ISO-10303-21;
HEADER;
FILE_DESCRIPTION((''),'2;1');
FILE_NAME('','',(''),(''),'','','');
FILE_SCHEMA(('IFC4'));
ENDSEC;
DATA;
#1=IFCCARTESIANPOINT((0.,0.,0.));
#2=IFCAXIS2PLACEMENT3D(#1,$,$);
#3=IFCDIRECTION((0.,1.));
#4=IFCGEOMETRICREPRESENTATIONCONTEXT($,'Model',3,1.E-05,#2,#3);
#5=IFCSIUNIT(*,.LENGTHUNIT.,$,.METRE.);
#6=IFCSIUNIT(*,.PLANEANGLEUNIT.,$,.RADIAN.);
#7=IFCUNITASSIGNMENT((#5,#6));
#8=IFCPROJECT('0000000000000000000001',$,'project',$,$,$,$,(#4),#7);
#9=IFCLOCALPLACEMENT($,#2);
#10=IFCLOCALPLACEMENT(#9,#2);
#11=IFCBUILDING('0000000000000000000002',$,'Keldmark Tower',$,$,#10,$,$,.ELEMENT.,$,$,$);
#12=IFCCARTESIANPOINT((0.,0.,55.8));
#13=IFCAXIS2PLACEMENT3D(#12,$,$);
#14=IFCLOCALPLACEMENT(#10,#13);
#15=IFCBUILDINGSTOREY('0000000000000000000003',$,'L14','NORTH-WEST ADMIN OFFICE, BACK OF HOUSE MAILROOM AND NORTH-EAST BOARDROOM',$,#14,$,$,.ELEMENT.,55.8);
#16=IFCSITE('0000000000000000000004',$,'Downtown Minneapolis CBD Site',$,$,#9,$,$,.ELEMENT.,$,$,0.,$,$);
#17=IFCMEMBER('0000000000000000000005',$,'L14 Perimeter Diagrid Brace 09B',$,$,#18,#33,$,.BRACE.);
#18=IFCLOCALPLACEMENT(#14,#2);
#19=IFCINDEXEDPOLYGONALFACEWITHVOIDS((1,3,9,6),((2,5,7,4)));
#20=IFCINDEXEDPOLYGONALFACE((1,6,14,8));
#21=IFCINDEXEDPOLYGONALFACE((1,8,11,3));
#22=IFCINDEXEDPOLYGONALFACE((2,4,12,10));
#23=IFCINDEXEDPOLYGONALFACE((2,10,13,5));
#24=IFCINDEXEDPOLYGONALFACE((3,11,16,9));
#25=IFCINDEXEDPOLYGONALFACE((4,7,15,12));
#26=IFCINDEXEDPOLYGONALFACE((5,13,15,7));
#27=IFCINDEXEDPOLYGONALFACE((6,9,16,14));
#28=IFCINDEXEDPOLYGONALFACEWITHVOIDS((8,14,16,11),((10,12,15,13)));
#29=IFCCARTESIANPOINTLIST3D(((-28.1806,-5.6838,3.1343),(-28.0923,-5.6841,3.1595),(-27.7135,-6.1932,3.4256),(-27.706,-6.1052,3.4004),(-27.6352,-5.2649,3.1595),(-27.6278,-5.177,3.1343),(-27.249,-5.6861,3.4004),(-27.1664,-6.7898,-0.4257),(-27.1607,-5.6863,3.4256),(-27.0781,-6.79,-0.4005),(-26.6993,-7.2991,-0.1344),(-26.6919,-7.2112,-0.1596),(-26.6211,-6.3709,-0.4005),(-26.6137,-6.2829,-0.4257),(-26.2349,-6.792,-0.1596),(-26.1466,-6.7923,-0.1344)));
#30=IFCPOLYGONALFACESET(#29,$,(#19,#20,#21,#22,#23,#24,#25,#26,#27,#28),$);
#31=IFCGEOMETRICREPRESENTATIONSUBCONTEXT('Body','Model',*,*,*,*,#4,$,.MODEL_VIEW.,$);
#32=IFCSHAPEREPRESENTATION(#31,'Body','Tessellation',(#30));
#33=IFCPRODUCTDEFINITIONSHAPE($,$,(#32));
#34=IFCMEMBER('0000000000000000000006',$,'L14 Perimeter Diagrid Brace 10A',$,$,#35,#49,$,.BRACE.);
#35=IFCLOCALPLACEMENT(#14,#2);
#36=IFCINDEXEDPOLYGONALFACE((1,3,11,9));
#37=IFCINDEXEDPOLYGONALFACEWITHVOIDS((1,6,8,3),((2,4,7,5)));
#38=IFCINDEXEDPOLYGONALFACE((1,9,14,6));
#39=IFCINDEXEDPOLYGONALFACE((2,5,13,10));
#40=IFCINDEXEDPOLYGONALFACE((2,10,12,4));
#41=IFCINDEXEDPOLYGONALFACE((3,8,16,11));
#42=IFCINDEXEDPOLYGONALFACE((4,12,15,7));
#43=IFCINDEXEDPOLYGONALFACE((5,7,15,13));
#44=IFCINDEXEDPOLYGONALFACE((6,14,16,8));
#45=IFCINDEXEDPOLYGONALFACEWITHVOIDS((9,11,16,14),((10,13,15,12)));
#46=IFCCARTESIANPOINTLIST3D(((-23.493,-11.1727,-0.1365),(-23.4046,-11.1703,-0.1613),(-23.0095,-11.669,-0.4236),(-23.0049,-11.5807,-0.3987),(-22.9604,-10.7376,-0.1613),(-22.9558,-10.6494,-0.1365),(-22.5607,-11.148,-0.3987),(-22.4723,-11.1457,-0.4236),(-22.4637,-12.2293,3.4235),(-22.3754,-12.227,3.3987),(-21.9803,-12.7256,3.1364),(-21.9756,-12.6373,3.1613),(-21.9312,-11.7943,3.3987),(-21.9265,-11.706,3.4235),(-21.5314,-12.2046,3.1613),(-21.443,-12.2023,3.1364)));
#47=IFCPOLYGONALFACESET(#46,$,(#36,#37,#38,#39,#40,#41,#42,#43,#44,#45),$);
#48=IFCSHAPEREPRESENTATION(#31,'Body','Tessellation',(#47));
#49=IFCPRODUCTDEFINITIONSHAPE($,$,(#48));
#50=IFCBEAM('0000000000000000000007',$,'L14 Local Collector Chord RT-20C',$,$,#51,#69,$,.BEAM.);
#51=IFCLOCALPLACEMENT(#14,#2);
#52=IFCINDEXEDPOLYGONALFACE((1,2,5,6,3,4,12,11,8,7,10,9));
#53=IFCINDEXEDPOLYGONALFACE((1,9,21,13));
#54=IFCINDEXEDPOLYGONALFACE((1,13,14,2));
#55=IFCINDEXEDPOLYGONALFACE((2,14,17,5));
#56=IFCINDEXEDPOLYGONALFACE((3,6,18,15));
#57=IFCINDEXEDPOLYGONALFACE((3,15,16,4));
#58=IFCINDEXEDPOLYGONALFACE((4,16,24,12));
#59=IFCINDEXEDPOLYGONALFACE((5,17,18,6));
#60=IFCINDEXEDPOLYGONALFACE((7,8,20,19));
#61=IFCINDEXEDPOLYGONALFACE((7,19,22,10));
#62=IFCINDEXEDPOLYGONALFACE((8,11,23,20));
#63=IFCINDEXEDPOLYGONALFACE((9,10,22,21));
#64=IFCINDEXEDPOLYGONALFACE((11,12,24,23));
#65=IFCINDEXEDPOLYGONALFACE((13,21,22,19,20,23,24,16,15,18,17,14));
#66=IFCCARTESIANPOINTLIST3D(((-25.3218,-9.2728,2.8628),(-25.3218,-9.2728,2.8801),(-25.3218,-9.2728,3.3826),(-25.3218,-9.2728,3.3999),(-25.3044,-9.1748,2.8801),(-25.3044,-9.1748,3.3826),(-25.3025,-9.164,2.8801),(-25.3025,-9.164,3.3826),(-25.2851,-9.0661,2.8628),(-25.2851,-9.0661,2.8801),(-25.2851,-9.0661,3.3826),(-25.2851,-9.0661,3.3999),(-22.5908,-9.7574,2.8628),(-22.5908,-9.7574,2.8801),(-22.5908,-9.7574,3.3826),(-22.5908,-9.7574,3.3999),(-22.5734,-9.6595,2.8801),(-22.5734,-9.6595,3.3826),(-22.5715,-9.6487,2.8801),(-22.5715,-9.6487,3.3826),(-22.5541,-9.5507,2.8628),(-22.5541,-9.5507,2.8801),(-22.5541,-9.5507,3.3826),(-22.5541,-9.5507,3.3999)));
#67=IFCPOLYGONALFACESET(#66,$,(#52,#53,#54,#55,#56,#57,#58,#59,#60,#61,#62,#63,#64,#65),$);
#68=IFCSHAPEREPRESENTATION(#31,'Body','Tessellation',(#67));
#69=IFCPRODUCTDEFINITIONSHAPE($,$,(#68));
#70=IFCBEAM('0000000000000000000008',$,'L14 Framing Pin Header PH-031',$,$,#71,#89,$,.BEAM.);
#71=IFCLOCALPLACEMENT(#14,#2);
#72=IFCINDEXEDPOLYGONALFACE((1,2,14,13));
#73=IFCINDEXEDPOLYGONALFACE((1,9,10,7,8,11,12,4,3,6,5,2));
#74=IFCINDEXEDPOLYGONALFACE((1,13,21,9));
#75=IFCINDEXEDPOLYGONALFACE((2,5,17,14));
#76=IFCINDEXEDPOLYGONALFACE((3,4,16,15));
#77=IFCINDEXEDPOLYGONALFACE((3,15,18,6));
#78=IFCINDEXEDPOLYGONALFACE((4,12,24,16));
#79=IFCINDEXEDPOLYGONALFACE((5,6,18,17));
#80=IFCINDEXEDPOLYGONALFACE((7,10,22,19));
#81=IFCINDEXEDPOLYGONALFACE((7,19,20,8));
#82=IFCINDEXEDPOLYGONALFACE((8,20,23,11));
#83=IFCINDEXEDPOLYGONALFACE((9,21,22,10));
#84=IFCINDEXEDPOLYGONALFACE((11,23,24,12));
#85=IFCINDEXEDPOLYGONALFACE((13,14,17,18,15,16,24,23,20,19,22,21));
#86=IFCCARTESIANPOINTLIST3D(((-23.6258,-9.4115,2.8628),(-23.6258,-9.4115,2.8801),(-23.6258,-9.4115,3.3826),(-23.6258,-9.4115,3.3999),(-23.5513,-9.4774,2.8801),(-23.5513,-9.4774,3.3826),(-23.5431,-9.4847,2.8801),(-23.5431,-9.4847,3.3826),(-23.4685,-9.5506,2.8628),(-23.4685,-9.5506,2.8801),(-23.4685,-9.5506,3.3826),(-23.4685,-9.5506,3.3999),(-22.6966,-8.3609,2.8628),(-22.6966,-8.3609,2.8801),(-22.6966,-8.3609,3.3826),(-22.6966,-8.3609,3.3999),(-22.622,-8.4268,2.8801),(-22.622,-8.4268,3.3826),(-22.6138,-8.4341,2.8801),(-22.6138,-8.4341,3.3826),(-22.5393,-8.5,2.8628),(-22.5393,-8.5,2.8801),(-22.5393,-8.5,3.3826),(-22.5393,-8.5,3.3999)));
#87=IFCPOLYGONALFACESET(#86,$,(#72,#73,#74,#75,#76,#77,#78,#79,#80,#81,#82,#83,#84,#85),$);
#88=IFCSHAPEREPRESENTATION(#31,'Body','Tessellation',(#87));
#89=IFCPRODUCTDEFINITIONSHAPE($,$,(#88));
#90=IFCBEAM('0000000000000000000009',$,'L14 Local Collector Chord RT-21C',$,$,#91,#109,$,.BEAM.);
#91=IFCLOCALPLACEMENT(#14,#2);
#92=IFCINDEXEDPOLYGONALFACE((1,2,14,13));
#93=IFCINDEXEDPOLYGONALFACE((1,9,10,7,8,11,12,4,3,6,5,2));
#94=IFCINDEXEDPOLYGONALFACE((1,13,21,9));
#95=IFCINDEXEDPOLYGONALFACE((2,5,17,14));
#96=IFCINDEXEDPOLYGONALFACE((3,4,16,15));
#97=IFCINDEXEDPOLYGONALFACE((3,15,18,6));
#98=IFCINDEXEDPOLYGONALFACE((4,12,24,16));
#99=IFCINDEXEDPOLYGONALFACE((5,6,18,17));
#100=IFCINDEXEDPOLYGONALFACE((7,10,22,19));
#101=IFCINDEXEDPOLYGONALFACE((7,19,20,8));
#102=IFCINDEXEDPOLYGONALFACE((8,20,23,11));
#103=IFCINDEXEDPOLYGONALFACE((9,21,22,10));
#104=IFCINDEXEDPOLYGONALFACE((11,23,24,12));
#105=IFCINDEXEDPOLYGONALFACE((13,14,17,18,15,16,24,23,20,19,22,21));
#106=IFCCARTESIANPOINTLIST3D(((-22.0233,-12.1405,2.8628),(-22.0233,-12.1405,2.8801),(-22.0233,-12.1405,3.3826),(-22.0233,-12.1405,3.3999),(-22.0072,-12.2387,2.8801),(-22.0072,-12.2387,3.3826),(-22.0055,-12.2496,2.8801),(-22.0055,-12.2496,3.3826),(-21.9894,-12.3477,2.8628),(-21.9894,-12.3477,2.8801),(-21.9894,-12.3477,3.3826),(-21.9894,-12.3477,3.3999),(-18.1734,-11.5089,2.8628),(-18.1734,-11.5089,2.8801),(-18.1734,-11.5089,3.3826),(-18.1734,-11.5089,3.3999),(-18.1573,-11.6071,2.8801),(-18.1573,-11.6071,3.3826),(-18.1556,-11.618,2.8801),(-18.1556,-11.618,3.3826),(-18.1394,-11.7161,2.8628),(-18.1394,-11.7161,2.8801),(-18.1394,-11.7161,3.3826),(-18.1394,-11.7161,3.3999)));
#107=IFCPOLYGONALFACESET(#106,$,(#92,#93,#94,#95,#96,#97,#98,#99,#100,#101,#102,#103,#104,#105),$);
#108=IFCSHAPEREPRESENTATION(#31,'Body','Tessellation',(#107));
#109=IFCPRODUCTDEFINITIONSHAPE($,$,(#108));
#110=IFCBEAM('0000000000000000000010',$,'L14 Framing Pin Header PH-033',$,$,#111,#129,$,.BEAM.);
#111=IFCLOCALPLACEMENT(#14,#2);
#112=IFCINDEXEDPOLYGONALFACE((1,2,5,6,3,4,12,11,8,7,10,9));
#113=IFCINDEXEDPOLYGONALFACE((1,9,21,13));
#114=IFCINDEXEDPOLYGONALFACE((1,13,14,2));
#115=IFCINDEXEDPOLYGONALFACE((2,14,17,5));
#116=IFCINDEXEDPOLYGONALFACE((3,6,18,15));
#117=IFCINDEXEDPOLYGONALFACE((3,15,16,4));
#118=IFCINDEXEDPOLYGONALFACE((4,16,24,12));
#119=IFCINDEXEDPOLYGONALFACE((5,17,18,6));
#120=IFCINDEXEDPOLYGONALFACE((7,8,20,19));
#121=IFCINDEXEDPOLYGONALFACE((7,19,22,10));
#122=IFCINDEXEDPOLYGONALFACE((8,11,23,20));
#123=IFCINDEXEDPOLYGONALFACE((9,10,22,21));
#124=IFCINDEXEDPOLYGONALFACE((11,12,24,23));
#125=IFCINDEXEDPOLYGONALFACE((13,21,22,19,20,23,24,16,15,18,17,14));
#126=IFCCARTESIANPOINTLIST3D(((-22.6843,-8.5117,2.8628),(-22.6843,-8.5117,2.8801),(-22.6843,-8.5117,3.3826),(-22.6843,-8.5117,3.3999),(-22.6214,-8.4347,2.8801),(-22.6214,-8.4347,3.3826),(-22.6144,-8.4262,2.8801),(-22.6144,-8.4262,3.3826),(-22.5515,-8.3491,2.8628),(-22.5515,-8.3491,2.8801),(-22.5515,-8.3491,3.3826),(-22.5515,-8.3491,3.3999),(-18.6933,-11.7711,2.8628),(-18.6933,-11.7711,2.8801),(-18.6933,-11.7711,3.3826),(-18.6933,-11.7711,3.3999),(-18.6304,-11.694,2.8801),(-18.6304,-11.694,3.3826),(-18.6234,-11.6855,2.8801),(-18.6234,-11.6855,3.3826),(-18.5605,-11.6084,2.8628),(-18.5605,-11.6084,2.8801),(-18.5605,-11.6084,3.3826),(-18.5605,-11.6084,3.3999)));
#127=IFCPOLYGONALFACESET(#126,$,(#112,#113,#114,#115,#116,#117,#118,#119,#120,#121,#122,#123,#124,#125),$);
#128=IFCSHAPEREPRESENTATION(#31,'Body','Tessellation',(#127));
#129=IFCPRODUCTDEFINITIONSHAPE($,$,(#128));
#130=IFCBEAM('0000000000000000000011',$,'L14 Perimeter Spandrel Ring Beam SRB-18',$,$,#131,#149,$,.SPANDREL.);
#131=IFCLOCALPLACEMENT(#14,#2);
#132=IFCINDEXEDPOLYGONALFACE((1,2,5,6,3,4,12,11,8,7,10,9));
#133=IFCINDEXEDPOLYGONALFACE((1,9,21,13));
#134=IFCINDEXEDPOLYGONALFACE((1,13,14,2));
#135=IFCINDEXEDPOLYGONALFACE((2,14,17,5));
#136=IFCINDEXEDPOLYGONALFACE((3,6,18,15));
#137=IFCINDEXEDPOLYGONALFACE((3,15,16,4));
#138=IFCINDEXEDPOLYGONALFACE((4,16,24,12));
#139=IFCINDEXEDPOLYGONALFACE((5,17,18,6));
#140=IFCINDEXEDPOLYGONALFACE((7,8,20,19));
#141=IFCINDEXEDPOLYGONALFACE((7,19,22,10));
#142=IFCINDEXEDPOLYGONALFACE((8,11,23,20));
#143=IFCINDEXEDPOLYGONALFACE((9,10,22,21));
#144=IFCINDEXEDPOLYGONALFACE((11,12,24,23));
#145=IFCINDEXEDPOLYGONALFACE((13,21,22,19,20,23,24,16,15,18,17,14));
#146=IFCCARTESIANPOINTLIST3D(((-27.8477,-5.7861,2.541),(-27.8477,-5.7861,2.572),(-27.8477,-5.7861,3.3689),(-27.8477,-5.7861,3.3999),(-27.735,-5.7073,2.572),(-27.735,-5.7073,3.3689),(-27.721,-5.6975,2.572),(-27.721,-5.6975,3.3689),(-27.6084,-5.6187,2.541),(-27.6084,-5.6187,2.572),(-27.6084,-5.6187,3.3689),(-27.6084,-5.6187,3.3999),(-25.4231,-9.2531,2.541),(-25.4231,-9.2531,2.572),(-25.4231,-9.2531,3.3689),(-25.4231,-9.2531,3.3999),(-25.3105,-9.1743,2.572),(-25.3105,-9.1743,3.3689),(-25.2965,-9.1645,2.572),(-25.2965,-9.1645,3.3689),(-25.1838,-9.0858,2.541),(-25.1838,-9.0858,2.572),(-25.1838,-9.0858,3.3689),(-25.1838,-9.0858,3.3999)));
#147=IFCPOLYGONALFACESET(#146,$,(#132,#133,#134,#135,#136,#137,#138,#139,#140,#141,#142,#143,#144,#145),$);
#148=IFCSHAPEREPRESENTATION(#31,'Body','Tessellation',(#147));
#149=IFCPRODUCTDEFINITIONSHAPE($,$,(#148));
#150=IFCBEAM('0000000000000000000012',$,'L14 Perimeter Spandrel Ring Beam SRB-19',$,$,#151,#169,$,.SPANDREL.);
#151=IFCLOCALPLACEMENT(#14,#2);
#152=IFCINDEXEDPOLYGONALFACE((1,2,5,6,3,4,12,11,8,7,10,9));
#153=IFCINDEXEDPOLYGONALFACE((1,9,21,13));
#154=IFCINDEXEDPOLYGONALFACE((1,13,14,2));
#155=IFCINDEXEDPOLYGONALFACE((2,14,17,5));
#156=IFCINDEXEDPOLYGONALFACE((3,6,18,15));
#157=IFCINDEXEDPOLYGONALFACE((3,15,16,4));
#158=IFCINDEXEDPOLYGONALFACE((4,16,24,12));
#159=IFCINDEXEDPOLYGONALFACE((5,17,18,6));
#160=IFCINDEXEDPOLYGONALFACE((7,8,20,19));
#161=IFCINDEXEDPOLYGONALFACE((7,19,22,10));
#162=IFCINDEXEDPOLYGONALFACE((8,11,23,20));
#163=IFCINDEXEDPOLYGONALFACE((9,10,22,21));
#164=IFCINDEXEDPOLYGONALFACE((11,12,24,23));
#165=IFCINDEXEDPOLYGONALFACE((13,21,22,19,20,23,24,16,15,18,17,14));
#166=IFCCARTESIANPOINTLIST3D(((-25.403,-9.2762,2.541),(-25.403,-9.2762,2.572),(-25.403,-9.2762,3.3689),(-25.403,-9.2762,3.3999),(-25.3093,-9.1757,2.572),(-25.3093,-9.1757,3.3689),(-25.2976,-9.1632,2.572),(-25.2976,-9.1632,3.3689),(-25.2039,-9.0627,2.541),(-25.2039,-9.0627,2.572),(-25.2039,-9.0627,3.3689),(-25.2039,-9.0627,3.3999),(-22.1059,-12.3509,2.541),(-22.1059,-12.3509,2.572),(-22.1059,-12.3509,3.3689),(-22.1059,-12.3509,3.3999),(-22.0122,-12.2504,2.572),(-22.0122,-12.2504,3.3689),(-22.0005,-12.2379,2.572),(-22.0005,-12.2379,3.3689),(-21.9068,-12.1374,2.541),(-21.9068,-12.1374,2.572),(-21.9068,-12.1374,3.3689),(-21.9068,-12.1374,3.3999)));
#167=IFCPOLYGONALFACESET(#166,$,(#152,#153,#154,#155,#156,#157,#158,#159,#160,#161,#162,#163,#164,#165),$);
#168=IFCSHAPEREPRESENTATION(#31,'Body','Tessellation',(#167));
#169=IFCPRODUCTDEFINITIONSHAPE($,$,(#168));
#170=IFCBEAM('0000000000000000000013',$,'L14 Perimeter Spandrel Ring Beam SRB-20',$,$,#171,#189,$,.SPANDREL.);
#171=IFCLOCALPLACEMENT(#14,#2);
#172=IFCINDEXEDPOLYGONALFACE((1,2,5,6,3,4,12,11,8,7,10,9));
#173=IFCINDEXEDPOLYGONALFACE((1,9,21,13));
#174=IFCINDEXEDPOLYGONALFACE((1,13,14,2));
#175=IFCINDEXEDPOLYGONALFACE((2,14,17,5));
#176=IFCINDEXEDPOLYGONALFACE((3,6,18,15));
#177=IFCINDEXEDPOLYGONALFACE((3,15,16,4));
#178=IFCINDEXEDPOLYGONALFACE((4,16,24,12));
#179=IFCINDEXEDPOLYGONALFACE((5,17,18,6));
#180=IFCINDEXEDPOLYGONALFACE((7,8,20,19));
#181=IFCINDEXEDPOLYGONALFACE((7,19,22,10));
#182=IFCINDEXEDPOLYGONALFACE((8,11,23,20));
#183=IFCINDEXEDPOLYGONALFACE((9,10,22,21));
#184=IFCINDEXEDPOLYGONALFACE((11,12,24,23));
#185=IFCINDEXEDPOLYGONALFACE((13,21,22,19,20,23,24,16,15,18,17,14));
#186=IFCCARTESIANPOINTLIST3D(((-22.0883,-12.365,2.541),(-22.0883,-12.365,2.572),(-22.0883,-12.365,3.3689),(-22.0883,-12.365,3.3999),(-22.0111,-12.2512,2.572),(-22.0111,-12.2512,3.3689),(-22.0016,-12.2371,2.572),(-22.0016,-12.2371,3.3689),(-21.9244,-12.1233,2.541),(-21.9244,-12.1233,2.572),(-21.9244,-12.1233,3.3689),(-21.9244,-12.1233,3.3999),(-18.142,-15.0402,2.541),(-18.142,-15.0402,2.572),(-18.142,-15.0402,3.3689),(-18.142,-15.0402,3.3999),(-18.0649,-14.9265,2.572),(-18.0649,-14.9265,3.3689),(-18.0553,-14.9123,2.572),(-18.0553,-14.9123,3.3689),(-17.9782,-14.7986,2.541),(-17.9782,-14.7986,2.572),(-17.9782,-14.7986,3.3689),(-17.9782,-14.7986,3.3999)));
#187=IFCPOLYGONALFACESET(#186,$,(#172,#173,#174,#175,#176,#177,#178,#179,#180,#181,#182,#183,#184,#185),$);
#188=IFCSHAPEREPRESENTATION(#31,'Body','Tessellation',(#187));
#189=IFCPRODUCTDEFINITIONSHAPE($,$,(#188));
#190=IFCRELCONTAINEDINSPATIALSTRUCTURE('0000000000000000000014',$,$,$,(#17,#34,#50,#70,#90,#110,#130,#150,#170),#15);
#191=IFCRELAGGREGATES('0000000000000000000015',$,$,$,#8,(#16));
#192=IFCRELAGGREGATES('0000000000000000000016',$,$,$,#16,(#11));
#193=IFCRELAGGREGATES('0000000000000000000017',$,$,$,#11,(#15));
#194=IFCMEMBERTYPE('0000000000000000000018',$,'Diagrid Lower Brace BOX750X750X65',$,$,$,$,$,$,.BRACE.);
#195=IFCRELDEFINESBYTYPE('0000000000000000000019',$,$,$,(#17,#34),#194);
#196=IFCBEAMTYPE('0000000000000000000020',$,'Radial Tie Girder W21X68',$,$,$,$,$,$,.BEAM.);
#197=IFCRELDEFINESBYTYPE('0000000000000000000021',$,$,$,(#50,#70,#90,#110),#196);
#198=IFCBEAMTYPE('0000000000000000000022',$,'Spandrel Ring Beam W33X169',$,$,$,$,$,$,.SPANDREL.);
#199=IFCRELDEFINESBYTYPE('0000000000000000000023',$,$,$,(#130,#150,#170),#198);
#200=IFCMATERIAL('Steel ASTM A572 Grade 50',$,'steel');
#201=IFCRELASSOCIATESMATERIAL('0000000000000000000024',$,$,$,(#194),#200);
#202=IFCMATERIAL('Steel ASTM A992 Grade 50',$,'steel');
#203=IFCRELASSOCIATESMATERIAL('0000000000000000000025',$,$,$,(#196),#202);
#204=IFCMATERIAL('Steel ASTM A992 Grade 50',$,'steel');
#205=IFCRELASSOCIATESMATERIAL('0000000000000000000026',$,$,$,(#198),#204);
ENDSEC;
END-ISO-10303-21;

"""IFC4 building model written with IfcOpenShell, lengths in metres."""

from ifc_helpers import new_model, si_unit, direction, frame, origin, origin_2d, place, context, subcontext, project, spatial, hollow_rectangle, i_section, extrude, material, material_profile, profile_set, type_object, element, save


model = new_model("IFC4")

# Units and contexts
model_context = context("Model", 3, precision=1e-05, world=origin(), true_north=direction((0.0, 1.0)))
body_context = subcontext(model_context, "Body", "Model", "MODEL_VIEW")
ifc_project = project(units=[si_unit("LENGTHUNIT", "METRE"), si_unit("PLANEANGLEUNIT", "RADIAN")], contexts=[model_context])

# Site, building, storey
site_placement = place(None, origin())
site = spatial("IfcSite", under=ifc_project, at=site_placement, Name="Downtown Minneapolis CBD Site", CompositionType="ELEMENT", RefElevation=0.0)
building_placement = place(site_placement, origin())
building = spatial("IfcBuilding", under=site, at=building_placement, Name="Keldmark Tower", CompositionType="ELEMENT")
storey_placement = place(building_placement, frame((0.0, 0.0, 55.8)))
storey = spatial("IfcBuildingStorey", under=building, at=storey_placement, Name="L14", Description="NORTH-WEST ADMIN OFFICE, BACK OF HOUSE MAILROOM AND NORTH-EAST BOARDROOM", CompositionType="ELEMENT", Elevation=55.8)

# Members
ifc_material_1 = material(Name="Steel ASTM A572 Grade 50", Category="steel")
ifc_material_profile_1 = material_profile(ifc_material_1, hollow_rectangle(XDim=0.75, YDim=0.75, WallThickness=0.0649, at=origin_2d()), Name="BOX750X750X65")
ifc_profile_set_1 = profile_set([ifc_material_profile_1], Name="Steel ASTM A572 Grade 50")
member_type = type_object("IfcMemberType", Name="Diagrid Lower Brace BOX750X750X65", PredefinedType="BRACE", material=ifc_profile_set_1)
member_1_placement = place(storey_placement, frame((-26.6565, -6.791, -0.28), z_axis=(-0.262506, 0.286267, 0.921489), x_axis=(-0.737033, -0.675857, 0.0)))
element("IfcMember", 1, at=member_1_placement, inside=storey, type_object=member_type, Name="L14 Perimeter Diagrid Brace 09B", PredefinedType="BRACE", context=body_context, shape_type="SweptSolid", body=[
    extrude(hollow_rectangle(XDim=0.75, YDim=0.75, WallThickness=0.0649, at=origin_2d()), origin(), (0.0, 0.0, 1.0), 3.8633),
])
member_2_placement = place(storey_placement, frame((-22.9827, -11.1592, -0.28), z_axis=(0.267103, -0.274198, 0.923835), x_axis=(0.716314, 0.697778, 0.0)))
element("IfcMember", 2, at=member_2_placement, inside=storey, type_object=member_type, Name="L14 Perimeter Diagrid Brace 10A", PredefinedType="BRACE", context=body_context, shape_type="SweptSolid", body=[
    extrude(hollow_rectangle(XDim=0.75, YDim=0.75, WallThickness=0.0649, at=origin_2d()), origin(), (0.0, 0.0, 1.0), 3.8535),
])

# Beams
ifc_material_2 = material(Name="Steel ASTM A992 Grade 50", Category="steel")
ifc_material_profile_2 = material_profile(ifc_material_2, i_section(OverallWidth=0.21, OverallDepth=0.5371, WebThickness=0.011, FlangeThickness=0.0173, at=origin_2d()), Name="W21X68")
ifc_profile_set_2 = profile_set([ifc_material_profile_2], Name="Steel ASTM A992 Grade 50")
beam_type_1 = type_object("IfcBeamType", Name="Radial Tie Girder W21X68", PredefinedType="BEAM", material=ifc_profile_set_2)
beam_1_placement = place(storey_placement, frame((-25.3035, -9.1694, 3.1313), z_axis=(0.984617, -0.174724, 0.0), x_axis=(0.174724, 0.984617, 0.0)))
element("IfcBeam", 3, at=beam_1_placement, inside=storey, type_object=beam_type_1, Name="L14 Local Collector Chord RT-20C", PredefinedType="BEAM", context=body_context, shape_type="SweptSolid", body=[
    extrude(i_section(OverallWidth=0.21, OverallDepth=0.5371, WebThickness=0.011, FlangeThickness=0.0173, at=origin_2d()), origin(), (0.0, 0.0, 1.0), 2.7737),
])
beam_2_placement = place(storey_placement, frame((-22.6179, -8.4304, 3.1313), z_axis=(-0.662525, -0.74904, 0.0), x_axis=(0.74904, -0.662525, 0.0)))
element("IfcBeam", 4, at=beam_2_placement, inside=storey, type_object=beam_type_1, Name="L14 Framing Pin Header PH-031", PredefinedType="BEAM", context=body_context, shape_type="SweptSolid", body=[
    extrude(i_section(OverallWidth=0.21, OverallDepth=0.5371, WebThickness=0.011, FlangeThickness=0.0173, at=origin_2d()), origin(), (0.0, 0.0, 1.0), 1.4026),
])
beam_3_placement = place(storey_placement, frame((-22.0063, -12.2441, 3.1313), z_axis=(0.986808, 0.161892, 0.0), x_axis=(-0.161892, 0.986808, 0.0)))
element("IfcBeam", 5, at=beam_3_placement, inside=storey, type_object=beam_type_1, Name="L14 Local Collector Chord RT-21C", PredefinedType="BEAM", context=body_context, shape_type="SweptSolid", body=[
    extrude(i_section(OverallWidth=0.21, OverallDepth=0.5371, WebThickness=0.011, FlangeThickness=0.0173, at=origin_2d()), origin(), (0.0, 0.0, 1.0), 3.9014),
])
beam_4_placement = place(storey_placement, frame((-22.6179, -8.4304, 3.1313), z_axis=(0.774533, -0.632533, 0.0), x_axis=(0.632533, 0.774533, 0.0)))
element("IfcBeam", 6, at=beam_4_placement, inside=storey, type_object=beam_type_1, Name="L14 Framing Pin Header PH-033", PredefinedType="BEAM", context=body_context, shape_type="SweptSolid", body=[
    extrude(i_section(OverallWidth=0.21, OverallDepth=0.5371, WebThickness=0.011, FlangeThickness=0.0173, at=origin_2d()), origin(), (0.0, 0.0, 1.0), 5.1528),
])
ifc_material_3 = material(Name="Steel ASTM A992 Grade 50", Category="steel")
ifc_material_profile_3 = material_profile(ifc_material_3, i_section(OverallWidth=0.292, OverallDepth=0.8589, WebThickness=0.0171, FlangeThickness=0.031, at=origin_2d()), Name="W33X169")
ifc_profile_set_3 = profile_set([ifc_material_profile_3], Name="Steel ASTM A992 Grade 50")
beam_type_2 = type_object("IfcBeamType", Name="Spandrel Ring Beam W33X169", PredefinedType="SPANDREL", material=ifc_profile_set_3)
beam_5_placement = place(storey_placement, frame((-27.728, -5.7024, 2.9705), z_axis=(0.573087, -0.819495, 0.0), x_axis=(0.819495, 0.573087, 0.0)))
element("IfcBeam", 7, at=beam_5_placement, inside=storey, type_object=beam_type_2, Name="L14 Perimeter Spandrel Ring Beam SRB-18", PredefinedType="SPANDREL", context=body_context, shape_type="SweptSolid", body=[
    extrude(i_section(OverallWidth=0.292, OverallDepth=0.8589, WebThickness=0.0171, FlangeThickness=0.031, at=origin_2d()), origin(), (0.0, 0.0, 1.0), 4.2307),
])
beam_6_placement = place(storey_placement, frame((-25.3035, -9.1694, 2.9705), z_axis=(0.731343, -0.682009, 0.0), x_axis=(0.682009, 0.731343, 0.0)))
element("IfcBeam", 8, at=beam_6_placement, inside=storey, type_object=beam_type_2, Name="L14 Perimeter Spandrel Ring Beam SRB-19", PredefinedType="SPANDREL", context=body_context, shape_type="SweptSolid", body=[
    extrude(i_section(OverallWidth=0.292, OverallDepth=0.8589, WebThickness=0.0171, FlangeThickness=0.031, at=origin_2d()), origin(), (0.0, 0.0, 1.0), 4.5083),
])
beam_7_placement = place(storey_placement, frame((-22.0063, -12.2441, 2.9705), z_axis=(0.827724, -0.561136, 0.0), x_axis=(0.561136, 0.827724, 0.0)))
element("IfcBeam", 9, at=beam_7_placement, inside=storey, type_object=beam_type_2, Name="L14 Perimeter Spandrel Ring Beam SRB-20", PredefinedType="SPANDREL", context=body_context, shape_type="SweptSolid", body=[
    extrude(i_section(OverallWidth=0.292, OverallDepth=0.8589, WebThickness=0.0171, FlangeThickness=0.031, at=origin_2d()), origin(), (0.0, 0.0, 1.0), 4.7676),
])

save(model, "model.ifc")
